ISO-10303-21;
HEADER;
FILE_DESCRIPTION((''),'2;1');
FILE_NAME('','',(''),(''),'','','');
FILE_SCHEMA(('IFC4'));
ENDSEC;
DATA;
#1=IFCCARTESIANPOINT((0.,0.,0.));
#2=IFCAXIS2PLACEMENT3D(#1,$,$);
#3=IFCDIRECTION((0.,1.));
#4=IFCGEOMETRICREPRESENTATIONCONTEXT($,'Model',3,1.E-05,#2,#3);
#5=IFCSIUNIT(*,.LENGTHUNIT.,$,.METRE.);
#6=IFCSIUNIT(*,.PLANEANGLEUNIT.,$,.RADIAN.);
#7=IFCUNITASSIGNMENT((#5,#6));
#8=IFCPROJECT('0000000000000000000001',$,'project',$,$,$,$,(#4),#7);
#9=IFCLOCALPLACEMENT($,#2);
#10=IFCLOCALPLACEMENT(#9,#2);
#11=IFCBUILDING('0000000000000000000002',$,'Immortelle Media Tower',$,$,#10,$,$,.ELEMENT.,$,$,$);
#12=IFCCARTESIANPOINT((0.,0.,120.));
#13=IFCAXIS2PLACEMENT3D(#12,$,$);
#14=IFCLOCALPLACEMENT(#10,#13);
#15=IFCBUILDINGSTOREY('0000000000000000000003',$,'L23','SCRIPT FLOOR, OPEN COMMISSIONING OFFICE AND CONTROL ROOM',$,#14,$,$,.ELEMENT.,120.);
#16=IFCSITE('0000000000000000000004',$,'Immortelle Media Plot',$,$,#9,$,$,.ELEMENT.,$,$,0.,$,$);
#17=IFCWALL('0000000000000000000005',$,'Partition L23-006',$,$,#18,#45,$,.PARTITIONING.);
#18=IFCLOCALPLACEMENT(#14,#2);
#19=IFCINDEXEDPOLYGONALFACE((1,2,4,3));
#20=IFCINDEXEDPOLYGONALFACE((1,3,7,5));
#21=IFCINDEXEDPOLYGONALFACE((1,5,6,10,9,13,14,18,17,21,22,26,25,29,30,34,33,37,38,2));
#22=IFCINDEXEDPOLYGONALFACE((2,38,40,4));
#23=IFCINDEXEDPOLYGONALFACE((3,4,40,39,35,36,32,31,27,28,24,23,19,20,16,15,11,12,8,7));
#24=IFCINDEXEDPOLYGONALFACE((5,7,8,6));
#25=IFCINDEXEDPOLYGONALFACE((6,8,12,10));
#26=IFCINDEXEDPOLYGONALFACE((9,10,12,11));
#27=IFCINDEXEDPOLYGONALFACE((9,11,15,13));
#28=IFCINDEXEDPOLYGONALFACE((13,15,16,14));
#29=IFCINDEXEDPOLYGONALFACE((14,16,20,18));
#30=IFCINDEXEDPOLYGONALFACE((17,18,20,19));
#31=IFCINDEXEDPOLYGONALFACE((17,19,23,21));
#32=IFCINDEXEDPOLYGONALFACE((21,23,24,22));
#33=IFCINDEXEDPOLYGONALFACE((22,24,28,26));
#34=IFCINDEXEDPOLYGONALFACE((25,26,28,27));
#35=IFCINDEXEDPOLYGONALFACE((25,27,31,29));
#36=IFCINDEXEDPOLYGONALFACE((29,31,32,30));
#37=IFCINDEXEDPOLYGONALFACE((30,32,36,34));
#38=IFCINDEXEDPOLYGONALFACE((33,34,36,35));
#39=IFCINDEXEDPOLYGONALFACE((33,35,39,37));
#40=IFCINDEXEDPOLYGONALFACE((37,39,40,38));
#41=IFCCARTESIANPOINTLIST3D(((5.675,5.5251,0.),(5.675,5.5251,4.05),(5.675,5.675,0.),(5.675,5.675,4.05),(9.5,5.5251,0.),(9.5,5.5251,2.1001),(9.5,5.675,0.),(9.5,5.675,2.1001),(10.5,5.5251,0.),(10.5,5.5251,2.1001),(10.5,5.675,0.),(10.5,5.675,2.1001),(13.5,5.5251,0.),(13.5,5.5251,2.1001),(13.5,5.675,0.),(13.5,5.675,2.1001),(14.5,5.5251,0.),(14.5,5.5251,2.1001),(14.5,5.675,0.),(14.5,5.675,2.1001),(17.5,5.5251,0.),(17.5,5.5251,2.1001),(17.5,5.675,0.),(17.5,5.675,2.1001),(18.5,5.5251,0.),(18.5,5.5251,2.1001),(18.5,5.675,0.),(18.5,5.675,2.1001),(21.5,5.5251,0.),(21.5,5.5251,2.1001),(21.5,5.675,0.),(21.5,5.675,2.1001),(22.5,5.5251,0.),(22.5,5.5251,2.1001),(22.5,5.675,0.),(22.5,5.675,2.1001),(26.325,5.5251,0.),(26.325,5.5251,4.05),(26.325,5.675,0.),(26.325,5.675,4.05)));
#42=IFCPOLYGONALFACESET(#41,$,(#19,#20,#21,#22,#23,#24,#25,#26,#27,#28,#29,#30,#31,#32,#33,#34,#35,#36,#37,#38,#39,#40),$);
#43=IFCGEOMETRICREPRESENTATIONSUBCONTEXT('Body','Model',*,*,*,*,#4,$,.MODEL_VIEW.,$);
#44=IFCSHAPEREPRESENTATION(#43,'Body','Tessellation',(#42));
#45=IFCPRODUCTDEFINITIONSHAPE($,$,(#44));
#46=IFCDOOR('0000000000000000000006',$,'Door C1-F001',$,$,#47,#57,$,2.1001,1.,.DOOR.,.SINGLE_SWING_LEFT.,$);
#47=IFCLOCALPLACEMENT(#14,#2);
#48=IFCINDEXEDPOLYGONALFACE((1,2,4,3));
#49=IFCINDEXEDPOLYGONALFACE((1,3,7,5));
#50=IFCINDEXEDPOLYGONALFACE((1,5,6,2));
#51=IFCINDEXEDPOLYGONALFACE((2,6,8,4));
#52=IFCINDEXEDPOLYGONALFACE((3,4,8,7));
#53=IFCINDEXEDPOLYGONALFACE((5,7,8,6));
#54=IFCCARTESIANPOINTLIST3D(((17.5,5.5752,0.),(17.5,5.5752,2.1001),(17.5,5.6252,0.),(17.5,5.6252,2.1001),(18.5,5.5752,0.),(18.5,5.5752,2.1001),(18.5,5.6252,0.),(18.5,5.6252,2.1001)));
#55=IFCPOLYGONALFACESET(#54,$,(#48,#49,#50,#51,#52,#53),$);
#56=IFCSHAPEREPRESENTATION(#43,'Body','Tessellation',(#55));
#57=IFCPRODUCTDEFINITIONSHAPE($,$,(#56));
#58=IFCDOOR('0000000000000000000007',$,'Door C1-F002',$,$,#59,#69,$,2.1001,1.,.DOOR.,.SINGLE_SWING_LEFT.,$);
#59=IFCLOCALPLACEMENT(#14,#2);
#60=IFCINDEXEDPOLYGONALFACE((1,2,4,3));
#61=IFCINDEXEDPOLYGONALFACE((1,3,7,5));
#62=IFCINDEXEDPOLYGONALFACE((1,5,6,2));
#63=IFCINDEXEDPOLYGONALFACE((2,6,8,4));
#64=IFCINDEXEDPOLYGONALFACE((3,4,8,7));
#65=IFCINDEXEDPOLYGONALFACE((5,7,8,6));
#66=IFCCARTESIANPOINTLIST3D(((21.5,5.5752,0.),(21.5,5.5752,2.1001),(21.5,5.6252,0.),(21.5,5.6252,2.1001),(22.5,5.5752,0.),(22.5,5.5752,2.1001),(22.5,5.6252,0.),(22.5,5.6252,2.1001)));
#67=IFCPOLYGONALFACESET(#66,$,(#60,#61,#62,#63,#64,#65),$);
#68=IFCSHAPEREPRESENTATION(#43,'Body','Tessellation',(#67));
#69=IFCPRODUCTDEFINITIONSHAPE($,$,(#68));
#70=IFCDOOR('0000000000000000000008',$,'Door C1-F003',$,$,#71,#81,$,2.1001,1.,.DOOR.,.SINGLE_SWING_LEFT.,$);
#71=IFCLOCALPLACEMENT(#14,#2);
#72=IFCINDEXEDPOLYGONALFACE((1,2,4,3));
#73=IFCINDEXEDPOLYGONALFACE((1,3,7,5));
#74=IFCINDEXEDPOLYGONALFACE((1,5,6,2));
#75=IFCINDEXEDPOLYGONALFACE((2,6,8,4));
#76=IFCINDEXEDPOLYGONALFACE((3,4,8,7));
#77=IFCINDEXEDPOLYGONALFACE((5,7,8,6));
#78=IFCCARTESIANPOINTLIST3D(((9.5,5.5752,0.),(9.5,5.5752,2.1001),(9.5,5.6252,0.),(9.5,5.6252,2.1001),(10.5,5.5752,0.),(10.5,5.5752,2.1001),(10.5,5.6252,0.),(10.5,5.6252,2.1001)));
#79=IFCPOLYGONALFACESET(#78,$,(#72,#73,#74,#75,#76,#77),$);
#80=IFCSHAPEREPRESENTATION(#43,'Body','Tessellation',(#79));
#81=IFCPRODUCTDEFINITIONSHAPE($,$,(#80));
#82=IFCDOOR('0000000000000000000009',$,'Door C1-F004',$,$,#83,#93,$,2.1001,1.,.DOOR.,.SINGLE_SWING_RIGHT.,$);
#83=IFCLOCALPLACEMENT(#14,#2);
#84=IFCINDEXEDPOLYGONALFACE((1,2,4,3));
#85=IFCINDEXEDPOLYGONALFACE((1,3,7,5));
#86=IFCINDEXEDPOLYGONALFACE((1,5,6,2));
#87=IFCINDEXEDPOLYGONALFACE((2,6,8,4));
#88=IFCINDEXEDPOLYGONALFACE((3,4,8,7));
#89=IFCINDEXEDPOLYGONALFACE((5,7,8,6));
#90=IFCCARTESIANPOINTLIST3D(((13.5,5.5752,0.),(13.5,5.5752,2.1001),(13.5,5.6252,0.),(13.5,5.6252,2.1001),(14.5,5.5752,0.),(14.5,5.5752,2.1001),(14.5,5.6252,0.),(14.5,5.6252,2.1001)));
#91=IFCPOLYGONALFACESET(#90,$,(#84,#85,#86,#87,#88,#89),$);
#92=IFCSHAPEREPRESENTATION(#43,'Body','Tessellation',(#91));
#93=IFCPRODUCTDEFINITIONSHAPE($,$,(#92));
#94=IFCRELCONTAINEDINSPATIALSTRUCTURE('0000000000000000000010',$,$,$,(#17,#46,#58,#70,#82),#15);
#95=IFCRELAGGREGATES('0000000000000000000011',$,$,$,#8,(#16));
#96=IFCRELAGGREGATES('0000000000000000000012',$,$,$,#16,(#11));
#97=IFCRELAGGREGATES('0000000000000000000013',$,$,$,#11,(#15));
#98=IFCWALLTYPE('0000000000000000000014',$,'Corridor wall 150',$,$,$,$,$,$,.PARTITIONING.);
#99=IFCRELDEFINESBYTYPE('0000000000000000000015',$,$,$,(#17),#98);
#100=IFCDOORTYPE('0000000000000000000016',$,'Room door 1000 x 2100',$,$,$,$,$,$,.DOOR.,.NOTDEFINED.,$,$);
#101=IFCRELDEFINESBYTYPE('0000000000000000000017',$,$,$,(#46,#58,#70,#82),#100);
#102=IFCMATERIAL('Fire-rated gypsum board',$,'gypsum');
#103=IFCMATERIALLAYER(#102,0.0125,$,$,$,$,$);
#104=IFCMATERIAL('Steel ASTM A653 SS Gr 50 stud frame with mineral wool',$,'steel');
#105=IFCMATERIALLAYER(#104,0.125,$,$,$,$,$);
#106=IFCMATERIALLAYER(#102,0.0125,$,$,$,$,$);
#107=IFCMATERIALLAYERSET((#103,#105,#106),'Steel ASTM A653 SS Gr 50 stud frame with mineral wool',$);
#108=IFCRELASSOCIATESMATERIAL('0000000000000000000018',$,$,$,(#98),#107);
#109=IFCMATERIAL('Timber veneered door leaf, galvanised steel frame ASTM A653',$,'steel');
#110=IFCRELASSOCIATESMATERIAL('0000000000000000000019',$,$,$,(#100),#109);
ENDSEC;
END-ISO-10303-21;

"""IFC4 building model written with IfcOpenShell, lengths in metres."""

from ifc_helpers import new_model, si_unit, direction, frame, frame_2d, origin, place, context, subcontext, project, spatial, rectangle, extrude, material, layer, layer_set, type_object, element, fill, save


model = new_model("IFC4")

# Units and contexts
model_context = context("Model", 3, precision=1e-05, world=origin(), true_north=direction((0.0, 1.0)))
body_context = subcontext(model_context, "Body", "Model", "MODEL_VIEW")
ifc_project = project(units=[si_unit("LENGTHUNIT", "METRE"), si_unit("PLANEANGLEUNIT", "RADIAN")], contexts=[model_context])

# Site, building, storey
site_placement = place(None, origin())
site = spatial("IfcSite", under=ifc_project, at=site_placement, Name="Immortelle Media Plot", CompositionType="ELEMENT", RefElevation=0.0)
building_placement = place(site_placement, origin())
building = spatial("IfcBuilding", under=site, at=building_placement, Name="Immortelle Media Tower", CompositionType="ELEMENT")
storey_placement = place(building_placement, frame((0.0, 0.0, 120.0)))
storey = spatial("IfcBuildingStorey", under=building, at=storey_placement, Name="L23", Description="SCRIPT FLOOR, OPEN COMMISSIONING OFFICE AND CONTROL ROOM", CompositionType="ELEMENT", Elevation=120.0)

# Wall, openings, doors
ifc_material_1 = material(Name="Fire-rated gypsum board", Category="gypsum")
ifc_layer_1 = layer(ifc_material_1, 0.0125)
ifc_material_2 = material(Name="Steel ASTM A653 SS Gr 50 stud frame with mineral wool", Category="steel")
ifc_layer_2 = layer(ifc_material_2, 0.125)
ifc_layer_3 = layer(ifc_material_1, 0.0125)
ifc_layer_set_1 = layer_set([ifc_layer_1, ifc_layer_2, ifc_layer_3], Name="Steel ASTM A653 SS Gr 50 stud frame with mineral wool")
wall_type_1 = type_object("IfcWallType", Name="Corridor wall 150", PredefinedType="PARTITIONING", material=ifc_layer_set_1)
wall_1_placement = place(storey_placement, frame((5.675, 5.6001, 0.0), z_axis=(0.0, 0.0, 1.0), x_axis=(1.0, 0.0, 0.0)))
wall_1 = element("IfcWall", 1, at=wall_1_placement, inside=storey, type_object=wall_type_1, Name="Partition L23-006", PredefinedType="PARTITIONING", context=body_context, shape_type="SweptSolid", body=[
    extrude(rectangle(XDim=20.6499, YDim=0.1499, at=frame_2d((10.325, 0.0))), origin(), (0.0, 0.0, 1.0), 4.05),
])
opening_1_placement = place(wall_1_placement, frame((12.825, 0.0, 0.0), z_axis=(0.0, 0.0, 1.0), x_axis=(-1.0, 0.0, 0.0)))
opening_1 = element("IfcOpeningElement", 2, at=opening_1_placement, cuts=wall_1, PredefinedType="OPENING", context=body_context, shape_type="SweptSolid", body=[
    extrude(rectangle(XDim=1.0, YDim=2.1001, at=frame_2d((0.5, 1.05))), frame((0.0, 0.085, 0.0), z_axis=(0.0, -1.0, 0.0), x_axis=(1.0, 0.0, 0.0)), (0.0, 0.0, 1.0), 0.1699),
])
opening_2_placement = place(wall_1_placement, frame((16.825, 0.0, 0.0), z_axis=(0.0, 0.0, 1.0), x_axis=(-1.0, 0.0, 0.0)))
opening_2 = element("IfcOpeningElement", 3, at=opening_2_placement, cuts=wall_1, PredefinedType="OPENING", context=body_context, shape_type="SweptSolid", body=[
    extrude(rectangle(XDim=1.0, YDim=2.1001, at=frame_2d((0.5, 1.05))), frame((0.0, 0.085, 0.0), z_axis=(0.0, -1.0, 0.0), x_axis=(1.0, 0.0, 0.0)), (0.0, 0.0, 1.0), 0.1699),
])
opening_3_placement = place(wall_1_placement, frame((4.825, 0.0, 0.0), z_axis=(0.0, 0.0, 1.0), x_axis=(-1.0, 0.0, 0.0)))
opening_3 = element("IfcOpeningElement", 4, at=opening_3_placement, cuts=wall_1, PredefinedType="OPENING", context=body_context, shape_type="SweptSolid", body=[
    extrude(rectangle(XDim=1.0, YDim=2.1001, at=frame_2d((0.5, 1.05))), frame((0.0, 0.085, 0.0), z_axis=(0.0, -1.0, 0.0), x_axis=(1.0, 0.0, 0.0)), (0.0, 0.0, 1.0), 0.1699),
])
opening_4_placement = place(wall_1_placement, frame((8.825, 0.0, 0.0), z_axis=(0.0, 0.0, 1.0), x_axis=(-1.0, 0.0, 0.0)))
opening_4 = element("IfcOpeningElement", 5, at=opening_4_placement, cuts=wall_1, PredefinedType="OPENING", context=body_context, shape_type="SweptSolid", body=[
    extrude(rectangle(XDim=1.0, YDim=2.1001, at=frame_2d((0.5, 1.05))), frame((0.0, 0.085, 0.0), z_axis=(0.0, -1.0, 0.0), x_axis=(1.0, 0.0, 0.0)), (0.0, 0.0, 1.0), 0.1699),
])
ifc_material_3 = material(Name="Timber veneered door leaf, galvanised steel frame ASTM A653", Category="steel")
door_type_1 = type_object("IfcDoorType", Name="Room door 1000 x 2100", OperationType="NOTDEFINED", PredefinedType="DOOR", material=ifc_material_3)
door_1_placement = place(opening_1_placement, origin())
door_1 = element("IfcDoor", 6, at=door_1_placement, inside=storey, type_object=door_type_1, Name="Door C1-F001", OperationType="SINGLE_SWING_LEFT", OverallHeight=2.1001, OverallWidth=1.0, PredefinedType="DOOR", context=body_context, shape_type="SweptSolid", body=[
    extrude(rectangle(XDim=1.0, YDim=2.1001, at=frame_2d((0.5, 1.05))), frame((0.0, 0.0249, 0.0), z_axis=(0.0, -1.0, 0.0), x_axis=(1.0, 0.0, 0.0)), (0.0, 0.0, 1.0), 0.05),
])
fill(opening_1, door_1)
door_2_placement = place(opening_2_placement, origin())
door_2 = element("IfcDoor", 7, at=door_2_placement, inside=storey, type_object=door_type_1, Name="Door C1-F002", OperationType="SINGLE_SWING_LEFT", OverallHeight=2.1001, OverallWidth=1.0, PredefinedType="DOOR", context=body_context, shape_type="SweptSolid", body=[
    extrude(rectangle(XDim=1.0, YDim=2.1001, at=frame_2d((0.5, 1.05))), frame((0.0, 0.0249, 0.0), z_axis=(0.0, -1.0, 0.0), x_axis=(1.0, 0.0, 0.0)), (0.0, 0.0, 1.0), 0.05),
])
fill(opening_2, door_2)
door_3_placement = place(opening_3_placement, origin())
door_3 = element("IfcDoor", 8, at=door_3_placement, inside=storey, type_object=door_type_1, Name="Door C1-F003", OperationType="SINGLE_SWING_LEFT", OverallHeight=2.1001, OverallWidth=1.0, PredefinedType="DOOR", context=body_context, shape_type="SweptSolid", body=[
    extrude(rectangle(XDim=1.0, YDim=2.1001, at=frame_2d((0.5, 1.05))), frame((0.0, 0.0249, 0.0), z_axis=(0.0, -1.0, 0.0), x_axis=(1.0, 0.0, 0.0)), (0.0, 0.0, 1.0), 0.05),
])
fill(opening_3, door_3)
door_4_placement = place(opening_4_placement, origin())
door_4 = element("IfcDoor", 9, at=door_4_placement, inside=storey, type_object=door_type_1, Name="Door C1-F004", OperationType="SINGLE_SWING_RIGHT", OverallHeight=2.1001, OverallWidth=1.0, PredefinedType="DOOR", context=body_context, shape_type="SweptSolid", body=[
    extrude(rectangle(XDim=1.0, YDim=2.1001, at=frame_2d((0.5, 1.05))), frame((0.0, 0.0249, 0.0), z_axis=(0.0, -1.0, 0.0), x_axis=(1.0, 0.0, 0.0)), (0.0, 0.0, 1.0), 0.05),
])
fill(opening_4, door_4)

save(model, "model.ifc")
